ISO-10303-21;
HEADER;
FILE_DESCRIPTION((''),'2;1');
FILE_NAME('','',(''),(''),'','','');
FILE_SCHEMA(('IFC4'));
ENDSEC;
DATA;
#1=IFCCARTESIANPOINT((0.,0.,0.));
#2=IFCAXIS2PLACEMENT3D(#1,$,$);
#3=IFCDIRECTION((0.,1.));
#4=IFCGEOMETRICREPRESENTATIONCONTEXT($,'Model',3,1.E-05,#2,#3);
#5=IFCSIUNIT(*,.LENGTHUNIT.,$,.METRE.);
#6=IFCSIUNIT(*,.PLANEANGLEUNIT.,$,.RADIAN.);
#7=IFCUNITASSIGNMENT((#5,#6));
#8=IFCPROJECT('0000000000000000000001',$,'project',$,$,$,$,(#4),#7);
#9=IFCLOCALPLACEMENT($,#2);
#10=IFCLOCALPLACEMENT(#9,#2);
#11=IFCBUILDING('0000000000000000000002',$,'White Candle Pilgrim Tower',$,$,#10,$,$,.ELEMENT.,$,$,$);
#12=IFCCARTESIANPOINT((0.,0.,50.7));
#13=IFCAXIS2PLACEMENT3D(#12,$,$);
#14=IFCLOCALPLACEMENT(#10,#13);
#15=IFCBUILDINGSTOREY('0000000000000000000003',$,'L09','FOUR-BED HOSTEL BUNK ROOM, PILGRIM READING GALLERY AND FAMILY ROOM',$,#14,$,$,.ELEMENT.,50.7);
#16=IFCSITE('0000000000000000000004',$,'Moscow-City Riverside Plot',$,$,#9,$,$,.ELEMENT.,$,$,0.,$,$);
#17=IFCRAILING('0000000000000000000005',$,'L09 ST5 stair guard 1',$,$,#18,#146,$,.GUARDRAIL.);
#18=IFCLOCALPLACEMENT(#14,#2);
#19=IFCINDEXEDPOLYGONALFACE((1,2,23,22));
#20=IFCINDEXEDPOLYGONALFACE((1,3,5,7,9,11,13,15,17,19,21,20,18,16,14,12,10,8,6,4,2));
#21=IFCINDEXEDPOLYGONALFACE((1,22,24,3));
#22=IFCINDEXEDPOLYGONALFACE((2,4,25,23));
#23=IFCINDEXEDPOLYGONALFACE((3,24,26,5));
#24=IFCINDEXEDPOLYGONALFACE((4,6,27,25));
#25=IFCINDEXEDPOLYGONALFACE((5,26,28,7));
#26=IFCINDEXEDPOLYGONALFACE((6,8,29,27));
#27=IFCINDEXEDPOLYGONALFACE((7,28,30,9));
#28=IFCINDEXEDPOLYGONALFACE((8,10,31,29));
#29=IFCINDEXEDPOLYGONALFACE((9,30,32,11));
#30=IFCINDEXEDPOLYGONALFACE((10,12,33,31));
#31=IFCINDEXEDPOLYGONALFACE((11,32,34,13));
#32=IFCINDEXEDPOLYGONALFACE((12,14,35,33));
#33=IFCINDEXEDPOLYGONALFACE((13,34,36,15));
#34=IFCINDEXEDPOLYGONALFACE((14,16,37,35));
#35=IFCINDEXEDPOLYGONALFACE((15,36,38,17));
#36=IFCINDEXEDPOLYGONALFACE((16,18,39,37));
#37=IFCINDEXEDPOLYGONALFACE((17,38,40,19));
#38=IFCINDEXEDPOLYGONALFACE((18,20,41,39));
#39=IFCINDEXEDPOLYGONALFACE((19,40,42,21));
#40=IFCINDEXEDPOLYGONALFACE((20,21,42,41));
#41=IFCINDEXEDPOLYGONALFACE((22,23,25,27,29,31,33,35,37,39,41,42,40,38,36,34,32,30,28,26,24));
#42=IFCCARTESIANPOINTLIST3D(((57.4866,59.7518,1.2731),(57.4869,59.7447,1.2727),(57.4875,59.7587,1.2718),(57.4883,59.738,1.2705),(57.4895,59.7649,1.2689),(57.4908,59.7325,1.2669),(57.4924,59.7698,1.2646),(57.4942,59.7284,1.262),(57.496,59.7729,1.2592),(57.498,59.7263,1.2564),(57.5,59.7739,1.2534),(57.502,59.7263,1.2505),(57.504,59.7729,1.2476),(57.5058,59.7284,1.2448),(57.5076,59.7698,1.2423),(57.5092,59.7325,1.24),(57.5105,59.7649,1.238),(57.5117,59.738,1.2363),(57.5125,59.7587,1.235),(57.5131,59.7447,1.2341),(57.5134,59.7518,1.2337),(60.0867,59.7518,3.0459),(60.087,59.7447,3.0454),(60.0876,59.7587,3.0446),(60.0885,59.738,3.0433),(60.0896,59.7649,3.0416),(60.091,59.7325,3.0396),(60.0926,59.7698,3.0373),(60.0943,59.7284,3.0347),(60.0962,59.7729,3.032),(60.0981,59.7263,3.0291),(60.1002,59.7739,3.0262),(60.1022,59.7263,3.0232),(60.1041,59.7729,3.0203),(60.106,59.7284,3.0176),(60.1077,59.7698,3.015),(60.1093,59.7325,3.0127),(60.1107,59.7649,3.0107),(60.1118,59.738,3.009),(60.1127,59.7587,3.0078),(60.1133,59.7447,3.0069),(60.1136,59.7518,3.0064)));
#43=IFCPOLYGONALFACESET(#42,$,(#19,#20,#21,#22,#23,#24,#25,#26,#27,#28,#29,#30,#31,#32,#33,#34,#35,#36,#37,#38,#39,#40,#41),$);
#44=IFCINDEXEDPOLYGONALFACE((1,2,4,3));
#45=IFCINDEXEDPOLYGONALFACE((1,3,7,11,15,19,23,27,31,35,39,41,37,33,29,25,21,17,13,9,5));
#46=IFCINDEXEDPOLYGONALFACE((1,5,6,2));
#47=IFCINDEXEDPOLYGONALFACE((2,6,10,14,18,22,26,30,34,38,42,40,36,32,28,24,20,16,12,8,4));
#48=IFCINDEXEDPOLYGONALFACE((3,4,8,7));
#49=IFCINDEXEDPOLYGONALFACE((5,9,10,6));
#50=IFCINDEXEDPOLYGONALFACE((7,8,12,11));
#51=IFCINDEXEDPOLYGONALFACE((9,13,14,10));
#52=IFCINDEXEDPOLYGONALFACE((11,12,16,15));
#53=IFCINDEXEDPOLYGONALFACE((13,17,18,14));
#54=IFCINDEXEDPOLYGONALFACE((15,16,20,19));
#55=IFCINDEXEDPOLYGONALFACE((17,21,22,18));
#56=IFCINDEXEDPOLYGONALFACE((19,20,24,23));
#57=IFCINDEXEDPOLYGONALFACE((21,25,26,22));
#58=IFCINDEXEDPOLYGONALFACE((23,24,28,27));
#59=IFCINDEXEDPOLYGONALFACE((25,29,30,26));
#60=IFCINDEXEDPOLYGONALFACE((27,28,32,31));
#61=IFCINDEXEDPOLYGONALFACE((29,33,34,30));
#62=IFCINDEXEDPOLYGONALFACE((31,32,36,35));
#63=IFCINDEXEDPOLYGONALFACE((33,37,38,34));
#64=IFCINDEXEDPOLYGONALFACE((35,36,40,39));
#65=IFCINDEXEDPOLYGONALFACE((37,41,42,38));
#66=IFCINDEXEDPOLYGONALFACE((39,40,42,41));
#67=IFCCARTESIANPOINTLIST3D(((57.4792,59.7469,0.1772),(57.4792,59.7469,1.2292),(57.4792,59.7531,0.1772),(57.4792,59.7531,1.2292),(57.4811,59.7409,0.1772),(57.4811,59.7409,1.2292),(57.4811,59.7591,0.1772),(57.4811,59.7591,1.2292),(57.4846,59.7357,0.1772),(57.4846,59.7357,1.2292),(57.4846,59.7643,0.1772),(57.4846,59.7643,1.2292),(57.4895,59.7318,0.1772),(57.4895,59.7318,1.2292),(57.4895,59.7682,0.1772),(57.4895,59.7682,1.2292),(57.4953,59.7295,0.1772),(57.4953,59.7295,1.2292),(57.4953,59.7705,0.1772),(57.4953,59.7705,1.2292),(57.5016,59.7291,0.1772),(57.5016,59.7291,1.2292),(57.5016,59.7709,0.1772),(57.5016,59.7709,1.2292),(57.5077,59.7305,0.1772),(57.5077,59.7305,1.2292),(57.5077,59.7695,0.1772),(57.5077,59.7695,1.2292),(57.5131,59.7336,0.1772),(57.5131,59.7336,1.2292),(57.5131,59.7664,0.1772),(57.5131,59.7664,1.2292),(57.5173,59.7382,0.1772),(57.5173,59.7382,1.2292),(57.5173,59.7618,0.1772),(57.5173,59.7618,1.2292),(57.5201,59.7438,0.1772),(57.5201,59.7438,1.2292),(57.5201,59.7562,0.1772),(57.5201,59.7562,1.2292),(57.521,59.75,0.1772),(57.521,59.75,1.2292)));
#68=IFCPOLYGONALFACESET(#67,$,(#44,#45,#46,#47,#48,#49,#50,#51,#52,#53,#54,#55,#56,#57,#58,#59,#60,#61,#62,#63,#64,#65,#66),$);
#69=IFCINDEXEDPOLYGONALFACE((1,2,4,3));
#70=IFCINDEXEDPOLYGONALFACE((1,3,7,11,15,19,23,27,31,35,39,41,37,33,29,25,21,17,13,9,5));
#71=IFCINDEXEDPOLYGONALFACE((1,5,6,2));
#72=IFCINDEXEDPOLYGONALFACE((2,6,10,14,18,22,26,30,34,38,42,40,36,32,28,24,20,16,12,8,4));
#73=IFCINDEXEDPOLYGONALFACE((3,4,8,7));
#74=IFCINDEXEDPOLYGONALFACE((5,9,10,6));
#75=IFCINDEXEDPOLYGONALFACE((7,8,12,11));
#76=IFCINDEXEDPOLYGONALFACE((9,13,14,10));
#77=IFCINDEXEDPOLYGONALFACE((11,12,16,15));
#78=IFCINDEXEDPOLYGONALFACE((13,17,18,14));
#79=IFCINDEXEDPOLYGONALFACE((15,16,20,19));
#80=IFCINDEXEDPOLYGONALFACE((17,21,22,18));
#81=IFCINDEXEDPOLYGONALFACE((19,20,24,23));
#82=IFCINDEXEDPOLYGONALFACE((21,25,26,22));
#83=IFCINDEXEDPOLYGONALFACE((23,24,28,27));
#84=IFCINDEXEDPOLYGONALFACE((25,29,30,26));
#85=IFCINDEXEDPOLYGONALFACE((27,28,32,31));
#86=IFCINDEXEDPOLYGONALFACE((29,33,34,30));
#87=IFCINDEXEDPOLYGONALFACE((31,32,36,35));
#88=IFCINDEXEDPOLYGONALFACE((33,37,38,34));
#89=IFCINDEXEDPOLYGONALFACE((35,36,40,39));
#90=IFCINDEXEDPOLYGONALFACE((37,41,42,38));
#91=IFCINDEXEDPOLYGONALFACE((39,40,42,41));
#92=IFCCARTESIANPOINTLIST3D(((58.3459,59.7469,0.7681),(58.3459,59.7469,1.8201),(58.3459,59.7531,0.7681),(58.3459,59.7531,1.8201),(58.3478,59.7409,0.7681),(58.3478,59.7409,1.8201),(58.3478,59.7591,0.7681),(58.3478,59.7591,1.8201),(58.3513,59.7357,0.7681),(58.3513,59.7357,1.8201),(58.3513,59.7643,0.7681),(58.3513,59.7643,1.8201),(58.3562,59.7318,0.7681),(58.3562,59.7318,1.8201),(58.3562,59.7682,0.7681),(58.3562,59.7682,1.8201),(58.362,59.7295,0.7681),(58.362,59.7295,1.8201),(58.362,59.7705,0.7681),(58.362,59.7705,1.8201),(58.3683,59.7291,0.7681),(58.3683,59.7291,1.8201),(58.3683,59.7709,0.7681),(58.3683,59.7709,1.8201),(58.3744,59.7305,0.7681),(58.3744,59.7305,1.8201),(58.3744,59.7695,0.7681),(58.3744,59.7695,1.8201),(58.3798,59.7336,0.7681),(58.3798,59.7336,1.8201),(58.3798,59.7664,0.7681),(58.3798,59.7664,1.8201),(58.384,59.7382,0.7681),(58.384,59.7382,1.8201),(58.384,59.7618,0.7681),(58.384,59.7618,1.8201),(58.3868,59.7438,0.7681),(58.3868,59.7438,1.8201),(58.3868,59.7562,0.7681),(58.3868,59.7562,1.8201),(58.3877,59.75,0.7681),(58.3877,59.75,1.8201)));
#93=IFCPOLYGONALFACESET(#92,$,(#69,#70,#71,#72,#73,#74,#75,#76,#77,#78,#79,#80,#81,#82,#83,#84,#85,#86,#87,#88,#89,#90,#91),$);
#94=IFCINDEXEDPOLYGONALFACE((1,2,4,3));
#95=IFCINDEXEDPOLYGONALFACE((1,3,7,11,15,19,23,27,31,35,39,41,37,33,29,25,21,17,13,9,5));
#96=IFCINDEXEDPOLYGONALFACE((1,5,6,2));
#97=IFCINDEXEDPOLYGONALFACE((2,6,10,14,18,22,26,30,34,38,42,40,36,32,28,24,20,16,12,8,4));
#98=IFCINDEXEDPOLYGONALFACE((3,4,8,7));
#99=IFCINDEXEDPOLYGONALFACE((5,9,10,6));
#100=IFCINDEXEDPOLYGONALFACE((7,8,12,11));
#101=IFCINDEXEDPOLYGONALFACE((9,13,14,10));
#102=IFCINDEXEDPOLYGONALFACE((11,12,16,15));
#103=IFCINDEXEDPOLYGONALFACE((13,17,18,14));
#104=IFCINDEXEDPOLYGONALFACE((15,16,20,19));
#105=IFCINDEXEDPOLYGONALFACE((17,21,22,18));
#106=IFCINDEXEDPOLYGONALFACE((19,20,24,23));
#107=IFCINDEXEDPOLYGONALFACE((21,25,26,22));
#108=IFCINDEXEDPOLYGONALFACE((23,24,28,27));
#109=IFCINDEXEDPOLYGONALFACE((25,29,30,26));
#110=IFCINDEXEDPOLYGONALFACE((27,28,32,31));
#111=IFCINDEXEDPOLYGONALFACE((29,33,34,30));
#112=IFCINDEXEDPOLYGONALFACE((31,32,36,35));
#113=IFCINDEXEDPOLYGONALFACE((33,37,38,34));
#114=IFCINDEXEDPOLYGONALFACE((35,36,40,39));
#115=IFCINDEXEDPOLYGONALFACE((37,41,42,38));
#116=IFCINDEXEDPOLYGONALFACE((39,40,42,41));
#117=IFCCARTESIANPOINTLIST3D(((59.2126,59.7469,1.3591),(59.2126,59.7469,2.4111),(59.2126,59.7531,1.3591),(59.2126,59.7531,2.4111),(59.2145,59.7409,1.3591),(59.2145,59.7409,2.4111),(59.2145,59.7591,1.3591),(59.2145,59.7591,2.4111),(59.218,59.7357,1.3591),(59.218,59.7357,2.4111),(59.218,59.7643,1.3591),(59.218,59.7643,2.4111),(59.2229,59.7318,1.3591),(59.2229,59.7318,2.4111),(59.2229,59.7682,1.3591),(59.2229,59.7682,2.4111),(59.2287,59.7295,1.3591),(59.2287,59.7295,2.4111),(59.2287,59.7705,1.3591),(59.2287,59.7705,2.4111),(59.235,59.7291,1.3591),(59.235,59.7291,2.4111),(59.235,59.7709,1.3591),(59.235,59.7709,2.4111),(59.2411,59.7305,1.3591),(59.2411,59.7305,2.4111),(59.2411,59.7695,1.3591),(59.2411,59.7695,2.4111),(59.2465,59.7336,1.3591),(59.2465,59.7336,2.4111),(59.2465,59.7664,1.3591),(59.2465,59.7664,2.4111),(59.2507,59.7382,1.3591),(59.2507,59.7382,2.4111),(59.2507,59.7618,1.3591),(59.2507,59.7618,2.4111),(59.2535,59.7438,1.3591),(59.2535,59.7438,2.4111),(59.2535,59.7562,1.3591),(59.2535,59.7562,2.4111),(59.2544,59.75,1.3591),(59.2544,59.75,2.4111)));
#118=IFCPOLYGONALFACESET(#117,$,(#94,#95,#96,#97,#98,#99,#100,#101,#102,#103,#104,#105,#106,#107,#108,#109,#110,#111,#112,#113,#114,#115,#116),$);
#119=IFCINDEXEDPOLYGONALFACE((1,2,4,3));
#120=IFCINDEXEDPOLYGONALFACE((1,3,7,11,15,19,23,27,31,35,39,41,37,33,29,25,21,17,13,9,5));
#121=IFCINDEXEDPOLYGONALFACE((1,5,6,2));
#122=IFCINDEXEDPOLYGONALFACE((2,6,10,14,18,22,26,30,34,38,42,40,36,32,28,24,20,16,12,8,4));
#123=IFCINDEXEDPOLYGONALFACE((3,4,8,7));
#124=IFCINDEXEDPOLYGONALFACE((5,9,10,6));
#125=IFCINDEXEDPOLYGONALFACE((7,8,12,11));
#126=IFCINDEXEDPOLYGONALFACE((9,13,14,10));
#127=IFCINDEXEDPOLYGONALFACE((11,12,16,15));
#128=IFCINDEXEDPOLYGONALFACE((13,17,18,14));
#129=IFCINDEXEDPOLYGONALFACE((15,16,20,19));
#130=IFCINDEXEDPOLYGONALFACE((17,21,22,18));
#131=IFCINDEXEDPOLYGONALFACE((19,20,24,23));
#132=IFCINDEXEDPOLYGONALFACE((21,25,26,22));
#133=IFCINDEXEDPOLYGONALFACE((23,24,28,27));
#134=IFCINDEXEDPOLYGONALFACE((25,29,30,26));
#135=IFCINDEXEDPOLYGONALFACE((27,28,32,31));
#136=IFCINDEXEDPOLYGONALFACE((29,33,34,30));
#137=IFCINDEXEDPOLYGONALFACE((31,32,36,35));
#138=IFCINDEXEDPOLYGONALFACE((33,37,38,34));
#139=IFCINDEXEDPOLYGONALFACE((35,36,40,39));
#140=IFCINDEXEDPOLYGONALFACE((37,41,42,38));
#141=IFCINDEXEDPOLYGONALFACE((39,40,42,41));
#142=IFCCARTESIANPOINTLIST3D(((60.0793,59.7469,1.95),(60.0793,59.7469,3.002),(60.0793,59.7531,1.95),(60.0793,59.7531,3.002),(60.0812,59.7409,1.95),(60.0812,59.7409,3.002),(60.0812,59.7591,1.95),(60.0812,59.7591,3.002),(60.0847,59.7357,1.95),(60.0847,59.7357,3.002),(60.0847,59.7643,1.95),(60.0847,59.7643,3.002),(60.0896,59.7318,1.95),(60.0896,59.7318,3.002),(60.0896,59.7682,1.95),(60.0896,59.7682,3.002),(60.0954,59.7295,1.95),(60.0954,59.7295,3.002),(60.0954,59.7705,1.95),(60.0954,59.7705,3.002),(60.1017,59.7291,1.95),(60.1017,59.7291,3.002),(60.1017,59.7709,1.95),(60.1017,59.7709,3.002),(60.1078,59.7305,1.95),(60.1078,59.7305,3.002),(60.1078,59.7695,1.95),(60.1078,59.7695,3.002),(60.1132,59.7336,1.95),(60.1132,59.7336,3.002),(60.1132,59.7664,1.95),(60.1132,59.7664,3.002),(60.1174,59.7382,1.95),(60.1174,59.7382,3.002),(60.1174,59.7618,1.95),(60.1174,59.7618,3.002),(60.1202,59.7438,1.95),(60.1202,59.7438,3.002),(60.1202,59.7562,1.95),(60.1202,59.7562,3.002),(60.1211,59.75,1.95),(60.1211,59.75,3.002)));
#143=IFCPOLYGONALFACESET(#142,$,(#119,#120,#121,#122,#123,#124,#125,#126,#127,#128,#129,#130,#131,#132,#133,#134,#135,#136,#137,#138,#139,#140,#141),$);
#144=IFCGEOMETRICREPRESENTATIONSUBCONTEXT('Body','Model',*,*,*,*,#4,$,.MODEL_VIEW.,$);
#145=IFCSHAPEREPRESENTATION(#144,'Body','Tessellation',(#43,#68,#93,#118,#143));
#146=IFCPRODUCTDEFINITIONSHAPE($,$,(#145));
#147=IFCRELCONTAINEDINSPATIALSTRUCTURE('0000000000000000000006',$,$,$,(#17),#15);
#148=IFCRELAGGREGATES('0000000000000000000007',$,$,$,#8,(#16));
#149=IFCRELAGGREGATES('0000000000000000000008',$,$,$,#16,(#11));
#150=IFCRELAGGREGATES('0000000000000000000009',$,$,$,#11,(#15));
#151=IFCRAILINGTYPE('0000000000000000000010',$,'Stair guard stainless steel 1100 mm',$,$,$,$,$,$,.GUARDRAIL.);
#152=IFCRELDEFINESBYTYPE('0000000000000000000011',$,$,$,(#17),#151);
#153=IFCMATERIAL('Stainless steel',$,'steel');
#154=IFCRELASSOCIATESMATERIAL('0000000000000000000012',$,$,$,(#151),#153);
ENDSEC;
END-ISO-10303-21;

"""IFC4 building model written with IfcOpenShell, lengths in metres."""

from ifc_helpers import new_model, si_unit, direction, frame, origin, origin_2d, place, context, subcontext, project, spatial, circle, extrude, material, type_object, element, save


model = new_model("IFC4")

# Units and contexts
model_context = context("Model", 3, precision=1e-05, world=origin(), true_north=direction((0.0, 1.0)))
body_context = subcontext(model_context, "Body", "Model", "MODEL_VIEW")
ifc_project = project(units=[si_unit("LENGTHUNIT", "METRE"), si_unit("PLANEANGLEUNIT", "RADIAN")], contexts=[model_context])

# Site, building, storey
site_placement = place(None, origin())
site = spatial("IfcSite", under=ifc_project, at=site_placement, Name="Moscow-City Riverside Plot", CompositionType="ELEMENT", RefElevation=0.0)
building_placement = place(site_placement, origin())
building = spatial("IfcBuilding", under=site, at=building_placement, Name="White Candle Pilgrim Tower", CompositionType="ELEMENT")
storey_placement = place(building_placement, frame((0.0, 0.0, 50.7)))
storey = spatial("IfcBuildingStorey", under=building, at=storey_placement, Name="L09", Description="FOUR-BED HOSTEL BUNK ROOM, PILGRIM READING GALLERY AND FAMILY ROOM", CompositionType="ELEMENT", Elevation=50.7)

# Railing
ifc_material_1 = material(Name="Stainless steel", Category="steel")
railing_type_1 = type_object("IfcRailingType", Name="Stair guard stainless steel 1100 mm", PredefinedType="GUARDRAIL", material=ifc_material_1)
railing_1_placement = place(storey_placement, frame((57.5, 59.75, 0.1772)))
element("IfcRailing", 1, at=railing_1_placement, inside=storey, type_object=railing_type_1, Name="L09 ST5 stair guard 1", PredefinedType="GUARDRAIL", context=body_context, shape_type="SweptSolid", body=[
    extrude(circle(Radius=0.0239, at=origin_2d()), frame((0.0, 0.0, 1.0762), z_axis=(0.82624, 0.0, 0.563318), x_axis=(0.0, 1.0, 0.0)), (0.0, 0.0, 1.0), 3.147),
    extrude(circle(Radius=0.021, at=origin_2d()), origin(), (0.0, 0.0, 1.0), 1.052),
    extrude(circle(Radius=0.021, at=origin_2d()), frame((0.8667, 0.0, 0.5908)), (0.0, 0.0, 1.0), 1.052),
    extrude(circle(Radius=0.021, at=origin_2d()), frame((1.7334, 0.0, 1.1819)), (0.0, 0.0, 1.0), 1.052),
    extrude(circle(Radius=0.021, at=origin_2d()), frame((2.6001, 0.0, 1.7727)), (0.0, 0.0, 1.0), 1.052),
])

save(model, "model.ifc")
